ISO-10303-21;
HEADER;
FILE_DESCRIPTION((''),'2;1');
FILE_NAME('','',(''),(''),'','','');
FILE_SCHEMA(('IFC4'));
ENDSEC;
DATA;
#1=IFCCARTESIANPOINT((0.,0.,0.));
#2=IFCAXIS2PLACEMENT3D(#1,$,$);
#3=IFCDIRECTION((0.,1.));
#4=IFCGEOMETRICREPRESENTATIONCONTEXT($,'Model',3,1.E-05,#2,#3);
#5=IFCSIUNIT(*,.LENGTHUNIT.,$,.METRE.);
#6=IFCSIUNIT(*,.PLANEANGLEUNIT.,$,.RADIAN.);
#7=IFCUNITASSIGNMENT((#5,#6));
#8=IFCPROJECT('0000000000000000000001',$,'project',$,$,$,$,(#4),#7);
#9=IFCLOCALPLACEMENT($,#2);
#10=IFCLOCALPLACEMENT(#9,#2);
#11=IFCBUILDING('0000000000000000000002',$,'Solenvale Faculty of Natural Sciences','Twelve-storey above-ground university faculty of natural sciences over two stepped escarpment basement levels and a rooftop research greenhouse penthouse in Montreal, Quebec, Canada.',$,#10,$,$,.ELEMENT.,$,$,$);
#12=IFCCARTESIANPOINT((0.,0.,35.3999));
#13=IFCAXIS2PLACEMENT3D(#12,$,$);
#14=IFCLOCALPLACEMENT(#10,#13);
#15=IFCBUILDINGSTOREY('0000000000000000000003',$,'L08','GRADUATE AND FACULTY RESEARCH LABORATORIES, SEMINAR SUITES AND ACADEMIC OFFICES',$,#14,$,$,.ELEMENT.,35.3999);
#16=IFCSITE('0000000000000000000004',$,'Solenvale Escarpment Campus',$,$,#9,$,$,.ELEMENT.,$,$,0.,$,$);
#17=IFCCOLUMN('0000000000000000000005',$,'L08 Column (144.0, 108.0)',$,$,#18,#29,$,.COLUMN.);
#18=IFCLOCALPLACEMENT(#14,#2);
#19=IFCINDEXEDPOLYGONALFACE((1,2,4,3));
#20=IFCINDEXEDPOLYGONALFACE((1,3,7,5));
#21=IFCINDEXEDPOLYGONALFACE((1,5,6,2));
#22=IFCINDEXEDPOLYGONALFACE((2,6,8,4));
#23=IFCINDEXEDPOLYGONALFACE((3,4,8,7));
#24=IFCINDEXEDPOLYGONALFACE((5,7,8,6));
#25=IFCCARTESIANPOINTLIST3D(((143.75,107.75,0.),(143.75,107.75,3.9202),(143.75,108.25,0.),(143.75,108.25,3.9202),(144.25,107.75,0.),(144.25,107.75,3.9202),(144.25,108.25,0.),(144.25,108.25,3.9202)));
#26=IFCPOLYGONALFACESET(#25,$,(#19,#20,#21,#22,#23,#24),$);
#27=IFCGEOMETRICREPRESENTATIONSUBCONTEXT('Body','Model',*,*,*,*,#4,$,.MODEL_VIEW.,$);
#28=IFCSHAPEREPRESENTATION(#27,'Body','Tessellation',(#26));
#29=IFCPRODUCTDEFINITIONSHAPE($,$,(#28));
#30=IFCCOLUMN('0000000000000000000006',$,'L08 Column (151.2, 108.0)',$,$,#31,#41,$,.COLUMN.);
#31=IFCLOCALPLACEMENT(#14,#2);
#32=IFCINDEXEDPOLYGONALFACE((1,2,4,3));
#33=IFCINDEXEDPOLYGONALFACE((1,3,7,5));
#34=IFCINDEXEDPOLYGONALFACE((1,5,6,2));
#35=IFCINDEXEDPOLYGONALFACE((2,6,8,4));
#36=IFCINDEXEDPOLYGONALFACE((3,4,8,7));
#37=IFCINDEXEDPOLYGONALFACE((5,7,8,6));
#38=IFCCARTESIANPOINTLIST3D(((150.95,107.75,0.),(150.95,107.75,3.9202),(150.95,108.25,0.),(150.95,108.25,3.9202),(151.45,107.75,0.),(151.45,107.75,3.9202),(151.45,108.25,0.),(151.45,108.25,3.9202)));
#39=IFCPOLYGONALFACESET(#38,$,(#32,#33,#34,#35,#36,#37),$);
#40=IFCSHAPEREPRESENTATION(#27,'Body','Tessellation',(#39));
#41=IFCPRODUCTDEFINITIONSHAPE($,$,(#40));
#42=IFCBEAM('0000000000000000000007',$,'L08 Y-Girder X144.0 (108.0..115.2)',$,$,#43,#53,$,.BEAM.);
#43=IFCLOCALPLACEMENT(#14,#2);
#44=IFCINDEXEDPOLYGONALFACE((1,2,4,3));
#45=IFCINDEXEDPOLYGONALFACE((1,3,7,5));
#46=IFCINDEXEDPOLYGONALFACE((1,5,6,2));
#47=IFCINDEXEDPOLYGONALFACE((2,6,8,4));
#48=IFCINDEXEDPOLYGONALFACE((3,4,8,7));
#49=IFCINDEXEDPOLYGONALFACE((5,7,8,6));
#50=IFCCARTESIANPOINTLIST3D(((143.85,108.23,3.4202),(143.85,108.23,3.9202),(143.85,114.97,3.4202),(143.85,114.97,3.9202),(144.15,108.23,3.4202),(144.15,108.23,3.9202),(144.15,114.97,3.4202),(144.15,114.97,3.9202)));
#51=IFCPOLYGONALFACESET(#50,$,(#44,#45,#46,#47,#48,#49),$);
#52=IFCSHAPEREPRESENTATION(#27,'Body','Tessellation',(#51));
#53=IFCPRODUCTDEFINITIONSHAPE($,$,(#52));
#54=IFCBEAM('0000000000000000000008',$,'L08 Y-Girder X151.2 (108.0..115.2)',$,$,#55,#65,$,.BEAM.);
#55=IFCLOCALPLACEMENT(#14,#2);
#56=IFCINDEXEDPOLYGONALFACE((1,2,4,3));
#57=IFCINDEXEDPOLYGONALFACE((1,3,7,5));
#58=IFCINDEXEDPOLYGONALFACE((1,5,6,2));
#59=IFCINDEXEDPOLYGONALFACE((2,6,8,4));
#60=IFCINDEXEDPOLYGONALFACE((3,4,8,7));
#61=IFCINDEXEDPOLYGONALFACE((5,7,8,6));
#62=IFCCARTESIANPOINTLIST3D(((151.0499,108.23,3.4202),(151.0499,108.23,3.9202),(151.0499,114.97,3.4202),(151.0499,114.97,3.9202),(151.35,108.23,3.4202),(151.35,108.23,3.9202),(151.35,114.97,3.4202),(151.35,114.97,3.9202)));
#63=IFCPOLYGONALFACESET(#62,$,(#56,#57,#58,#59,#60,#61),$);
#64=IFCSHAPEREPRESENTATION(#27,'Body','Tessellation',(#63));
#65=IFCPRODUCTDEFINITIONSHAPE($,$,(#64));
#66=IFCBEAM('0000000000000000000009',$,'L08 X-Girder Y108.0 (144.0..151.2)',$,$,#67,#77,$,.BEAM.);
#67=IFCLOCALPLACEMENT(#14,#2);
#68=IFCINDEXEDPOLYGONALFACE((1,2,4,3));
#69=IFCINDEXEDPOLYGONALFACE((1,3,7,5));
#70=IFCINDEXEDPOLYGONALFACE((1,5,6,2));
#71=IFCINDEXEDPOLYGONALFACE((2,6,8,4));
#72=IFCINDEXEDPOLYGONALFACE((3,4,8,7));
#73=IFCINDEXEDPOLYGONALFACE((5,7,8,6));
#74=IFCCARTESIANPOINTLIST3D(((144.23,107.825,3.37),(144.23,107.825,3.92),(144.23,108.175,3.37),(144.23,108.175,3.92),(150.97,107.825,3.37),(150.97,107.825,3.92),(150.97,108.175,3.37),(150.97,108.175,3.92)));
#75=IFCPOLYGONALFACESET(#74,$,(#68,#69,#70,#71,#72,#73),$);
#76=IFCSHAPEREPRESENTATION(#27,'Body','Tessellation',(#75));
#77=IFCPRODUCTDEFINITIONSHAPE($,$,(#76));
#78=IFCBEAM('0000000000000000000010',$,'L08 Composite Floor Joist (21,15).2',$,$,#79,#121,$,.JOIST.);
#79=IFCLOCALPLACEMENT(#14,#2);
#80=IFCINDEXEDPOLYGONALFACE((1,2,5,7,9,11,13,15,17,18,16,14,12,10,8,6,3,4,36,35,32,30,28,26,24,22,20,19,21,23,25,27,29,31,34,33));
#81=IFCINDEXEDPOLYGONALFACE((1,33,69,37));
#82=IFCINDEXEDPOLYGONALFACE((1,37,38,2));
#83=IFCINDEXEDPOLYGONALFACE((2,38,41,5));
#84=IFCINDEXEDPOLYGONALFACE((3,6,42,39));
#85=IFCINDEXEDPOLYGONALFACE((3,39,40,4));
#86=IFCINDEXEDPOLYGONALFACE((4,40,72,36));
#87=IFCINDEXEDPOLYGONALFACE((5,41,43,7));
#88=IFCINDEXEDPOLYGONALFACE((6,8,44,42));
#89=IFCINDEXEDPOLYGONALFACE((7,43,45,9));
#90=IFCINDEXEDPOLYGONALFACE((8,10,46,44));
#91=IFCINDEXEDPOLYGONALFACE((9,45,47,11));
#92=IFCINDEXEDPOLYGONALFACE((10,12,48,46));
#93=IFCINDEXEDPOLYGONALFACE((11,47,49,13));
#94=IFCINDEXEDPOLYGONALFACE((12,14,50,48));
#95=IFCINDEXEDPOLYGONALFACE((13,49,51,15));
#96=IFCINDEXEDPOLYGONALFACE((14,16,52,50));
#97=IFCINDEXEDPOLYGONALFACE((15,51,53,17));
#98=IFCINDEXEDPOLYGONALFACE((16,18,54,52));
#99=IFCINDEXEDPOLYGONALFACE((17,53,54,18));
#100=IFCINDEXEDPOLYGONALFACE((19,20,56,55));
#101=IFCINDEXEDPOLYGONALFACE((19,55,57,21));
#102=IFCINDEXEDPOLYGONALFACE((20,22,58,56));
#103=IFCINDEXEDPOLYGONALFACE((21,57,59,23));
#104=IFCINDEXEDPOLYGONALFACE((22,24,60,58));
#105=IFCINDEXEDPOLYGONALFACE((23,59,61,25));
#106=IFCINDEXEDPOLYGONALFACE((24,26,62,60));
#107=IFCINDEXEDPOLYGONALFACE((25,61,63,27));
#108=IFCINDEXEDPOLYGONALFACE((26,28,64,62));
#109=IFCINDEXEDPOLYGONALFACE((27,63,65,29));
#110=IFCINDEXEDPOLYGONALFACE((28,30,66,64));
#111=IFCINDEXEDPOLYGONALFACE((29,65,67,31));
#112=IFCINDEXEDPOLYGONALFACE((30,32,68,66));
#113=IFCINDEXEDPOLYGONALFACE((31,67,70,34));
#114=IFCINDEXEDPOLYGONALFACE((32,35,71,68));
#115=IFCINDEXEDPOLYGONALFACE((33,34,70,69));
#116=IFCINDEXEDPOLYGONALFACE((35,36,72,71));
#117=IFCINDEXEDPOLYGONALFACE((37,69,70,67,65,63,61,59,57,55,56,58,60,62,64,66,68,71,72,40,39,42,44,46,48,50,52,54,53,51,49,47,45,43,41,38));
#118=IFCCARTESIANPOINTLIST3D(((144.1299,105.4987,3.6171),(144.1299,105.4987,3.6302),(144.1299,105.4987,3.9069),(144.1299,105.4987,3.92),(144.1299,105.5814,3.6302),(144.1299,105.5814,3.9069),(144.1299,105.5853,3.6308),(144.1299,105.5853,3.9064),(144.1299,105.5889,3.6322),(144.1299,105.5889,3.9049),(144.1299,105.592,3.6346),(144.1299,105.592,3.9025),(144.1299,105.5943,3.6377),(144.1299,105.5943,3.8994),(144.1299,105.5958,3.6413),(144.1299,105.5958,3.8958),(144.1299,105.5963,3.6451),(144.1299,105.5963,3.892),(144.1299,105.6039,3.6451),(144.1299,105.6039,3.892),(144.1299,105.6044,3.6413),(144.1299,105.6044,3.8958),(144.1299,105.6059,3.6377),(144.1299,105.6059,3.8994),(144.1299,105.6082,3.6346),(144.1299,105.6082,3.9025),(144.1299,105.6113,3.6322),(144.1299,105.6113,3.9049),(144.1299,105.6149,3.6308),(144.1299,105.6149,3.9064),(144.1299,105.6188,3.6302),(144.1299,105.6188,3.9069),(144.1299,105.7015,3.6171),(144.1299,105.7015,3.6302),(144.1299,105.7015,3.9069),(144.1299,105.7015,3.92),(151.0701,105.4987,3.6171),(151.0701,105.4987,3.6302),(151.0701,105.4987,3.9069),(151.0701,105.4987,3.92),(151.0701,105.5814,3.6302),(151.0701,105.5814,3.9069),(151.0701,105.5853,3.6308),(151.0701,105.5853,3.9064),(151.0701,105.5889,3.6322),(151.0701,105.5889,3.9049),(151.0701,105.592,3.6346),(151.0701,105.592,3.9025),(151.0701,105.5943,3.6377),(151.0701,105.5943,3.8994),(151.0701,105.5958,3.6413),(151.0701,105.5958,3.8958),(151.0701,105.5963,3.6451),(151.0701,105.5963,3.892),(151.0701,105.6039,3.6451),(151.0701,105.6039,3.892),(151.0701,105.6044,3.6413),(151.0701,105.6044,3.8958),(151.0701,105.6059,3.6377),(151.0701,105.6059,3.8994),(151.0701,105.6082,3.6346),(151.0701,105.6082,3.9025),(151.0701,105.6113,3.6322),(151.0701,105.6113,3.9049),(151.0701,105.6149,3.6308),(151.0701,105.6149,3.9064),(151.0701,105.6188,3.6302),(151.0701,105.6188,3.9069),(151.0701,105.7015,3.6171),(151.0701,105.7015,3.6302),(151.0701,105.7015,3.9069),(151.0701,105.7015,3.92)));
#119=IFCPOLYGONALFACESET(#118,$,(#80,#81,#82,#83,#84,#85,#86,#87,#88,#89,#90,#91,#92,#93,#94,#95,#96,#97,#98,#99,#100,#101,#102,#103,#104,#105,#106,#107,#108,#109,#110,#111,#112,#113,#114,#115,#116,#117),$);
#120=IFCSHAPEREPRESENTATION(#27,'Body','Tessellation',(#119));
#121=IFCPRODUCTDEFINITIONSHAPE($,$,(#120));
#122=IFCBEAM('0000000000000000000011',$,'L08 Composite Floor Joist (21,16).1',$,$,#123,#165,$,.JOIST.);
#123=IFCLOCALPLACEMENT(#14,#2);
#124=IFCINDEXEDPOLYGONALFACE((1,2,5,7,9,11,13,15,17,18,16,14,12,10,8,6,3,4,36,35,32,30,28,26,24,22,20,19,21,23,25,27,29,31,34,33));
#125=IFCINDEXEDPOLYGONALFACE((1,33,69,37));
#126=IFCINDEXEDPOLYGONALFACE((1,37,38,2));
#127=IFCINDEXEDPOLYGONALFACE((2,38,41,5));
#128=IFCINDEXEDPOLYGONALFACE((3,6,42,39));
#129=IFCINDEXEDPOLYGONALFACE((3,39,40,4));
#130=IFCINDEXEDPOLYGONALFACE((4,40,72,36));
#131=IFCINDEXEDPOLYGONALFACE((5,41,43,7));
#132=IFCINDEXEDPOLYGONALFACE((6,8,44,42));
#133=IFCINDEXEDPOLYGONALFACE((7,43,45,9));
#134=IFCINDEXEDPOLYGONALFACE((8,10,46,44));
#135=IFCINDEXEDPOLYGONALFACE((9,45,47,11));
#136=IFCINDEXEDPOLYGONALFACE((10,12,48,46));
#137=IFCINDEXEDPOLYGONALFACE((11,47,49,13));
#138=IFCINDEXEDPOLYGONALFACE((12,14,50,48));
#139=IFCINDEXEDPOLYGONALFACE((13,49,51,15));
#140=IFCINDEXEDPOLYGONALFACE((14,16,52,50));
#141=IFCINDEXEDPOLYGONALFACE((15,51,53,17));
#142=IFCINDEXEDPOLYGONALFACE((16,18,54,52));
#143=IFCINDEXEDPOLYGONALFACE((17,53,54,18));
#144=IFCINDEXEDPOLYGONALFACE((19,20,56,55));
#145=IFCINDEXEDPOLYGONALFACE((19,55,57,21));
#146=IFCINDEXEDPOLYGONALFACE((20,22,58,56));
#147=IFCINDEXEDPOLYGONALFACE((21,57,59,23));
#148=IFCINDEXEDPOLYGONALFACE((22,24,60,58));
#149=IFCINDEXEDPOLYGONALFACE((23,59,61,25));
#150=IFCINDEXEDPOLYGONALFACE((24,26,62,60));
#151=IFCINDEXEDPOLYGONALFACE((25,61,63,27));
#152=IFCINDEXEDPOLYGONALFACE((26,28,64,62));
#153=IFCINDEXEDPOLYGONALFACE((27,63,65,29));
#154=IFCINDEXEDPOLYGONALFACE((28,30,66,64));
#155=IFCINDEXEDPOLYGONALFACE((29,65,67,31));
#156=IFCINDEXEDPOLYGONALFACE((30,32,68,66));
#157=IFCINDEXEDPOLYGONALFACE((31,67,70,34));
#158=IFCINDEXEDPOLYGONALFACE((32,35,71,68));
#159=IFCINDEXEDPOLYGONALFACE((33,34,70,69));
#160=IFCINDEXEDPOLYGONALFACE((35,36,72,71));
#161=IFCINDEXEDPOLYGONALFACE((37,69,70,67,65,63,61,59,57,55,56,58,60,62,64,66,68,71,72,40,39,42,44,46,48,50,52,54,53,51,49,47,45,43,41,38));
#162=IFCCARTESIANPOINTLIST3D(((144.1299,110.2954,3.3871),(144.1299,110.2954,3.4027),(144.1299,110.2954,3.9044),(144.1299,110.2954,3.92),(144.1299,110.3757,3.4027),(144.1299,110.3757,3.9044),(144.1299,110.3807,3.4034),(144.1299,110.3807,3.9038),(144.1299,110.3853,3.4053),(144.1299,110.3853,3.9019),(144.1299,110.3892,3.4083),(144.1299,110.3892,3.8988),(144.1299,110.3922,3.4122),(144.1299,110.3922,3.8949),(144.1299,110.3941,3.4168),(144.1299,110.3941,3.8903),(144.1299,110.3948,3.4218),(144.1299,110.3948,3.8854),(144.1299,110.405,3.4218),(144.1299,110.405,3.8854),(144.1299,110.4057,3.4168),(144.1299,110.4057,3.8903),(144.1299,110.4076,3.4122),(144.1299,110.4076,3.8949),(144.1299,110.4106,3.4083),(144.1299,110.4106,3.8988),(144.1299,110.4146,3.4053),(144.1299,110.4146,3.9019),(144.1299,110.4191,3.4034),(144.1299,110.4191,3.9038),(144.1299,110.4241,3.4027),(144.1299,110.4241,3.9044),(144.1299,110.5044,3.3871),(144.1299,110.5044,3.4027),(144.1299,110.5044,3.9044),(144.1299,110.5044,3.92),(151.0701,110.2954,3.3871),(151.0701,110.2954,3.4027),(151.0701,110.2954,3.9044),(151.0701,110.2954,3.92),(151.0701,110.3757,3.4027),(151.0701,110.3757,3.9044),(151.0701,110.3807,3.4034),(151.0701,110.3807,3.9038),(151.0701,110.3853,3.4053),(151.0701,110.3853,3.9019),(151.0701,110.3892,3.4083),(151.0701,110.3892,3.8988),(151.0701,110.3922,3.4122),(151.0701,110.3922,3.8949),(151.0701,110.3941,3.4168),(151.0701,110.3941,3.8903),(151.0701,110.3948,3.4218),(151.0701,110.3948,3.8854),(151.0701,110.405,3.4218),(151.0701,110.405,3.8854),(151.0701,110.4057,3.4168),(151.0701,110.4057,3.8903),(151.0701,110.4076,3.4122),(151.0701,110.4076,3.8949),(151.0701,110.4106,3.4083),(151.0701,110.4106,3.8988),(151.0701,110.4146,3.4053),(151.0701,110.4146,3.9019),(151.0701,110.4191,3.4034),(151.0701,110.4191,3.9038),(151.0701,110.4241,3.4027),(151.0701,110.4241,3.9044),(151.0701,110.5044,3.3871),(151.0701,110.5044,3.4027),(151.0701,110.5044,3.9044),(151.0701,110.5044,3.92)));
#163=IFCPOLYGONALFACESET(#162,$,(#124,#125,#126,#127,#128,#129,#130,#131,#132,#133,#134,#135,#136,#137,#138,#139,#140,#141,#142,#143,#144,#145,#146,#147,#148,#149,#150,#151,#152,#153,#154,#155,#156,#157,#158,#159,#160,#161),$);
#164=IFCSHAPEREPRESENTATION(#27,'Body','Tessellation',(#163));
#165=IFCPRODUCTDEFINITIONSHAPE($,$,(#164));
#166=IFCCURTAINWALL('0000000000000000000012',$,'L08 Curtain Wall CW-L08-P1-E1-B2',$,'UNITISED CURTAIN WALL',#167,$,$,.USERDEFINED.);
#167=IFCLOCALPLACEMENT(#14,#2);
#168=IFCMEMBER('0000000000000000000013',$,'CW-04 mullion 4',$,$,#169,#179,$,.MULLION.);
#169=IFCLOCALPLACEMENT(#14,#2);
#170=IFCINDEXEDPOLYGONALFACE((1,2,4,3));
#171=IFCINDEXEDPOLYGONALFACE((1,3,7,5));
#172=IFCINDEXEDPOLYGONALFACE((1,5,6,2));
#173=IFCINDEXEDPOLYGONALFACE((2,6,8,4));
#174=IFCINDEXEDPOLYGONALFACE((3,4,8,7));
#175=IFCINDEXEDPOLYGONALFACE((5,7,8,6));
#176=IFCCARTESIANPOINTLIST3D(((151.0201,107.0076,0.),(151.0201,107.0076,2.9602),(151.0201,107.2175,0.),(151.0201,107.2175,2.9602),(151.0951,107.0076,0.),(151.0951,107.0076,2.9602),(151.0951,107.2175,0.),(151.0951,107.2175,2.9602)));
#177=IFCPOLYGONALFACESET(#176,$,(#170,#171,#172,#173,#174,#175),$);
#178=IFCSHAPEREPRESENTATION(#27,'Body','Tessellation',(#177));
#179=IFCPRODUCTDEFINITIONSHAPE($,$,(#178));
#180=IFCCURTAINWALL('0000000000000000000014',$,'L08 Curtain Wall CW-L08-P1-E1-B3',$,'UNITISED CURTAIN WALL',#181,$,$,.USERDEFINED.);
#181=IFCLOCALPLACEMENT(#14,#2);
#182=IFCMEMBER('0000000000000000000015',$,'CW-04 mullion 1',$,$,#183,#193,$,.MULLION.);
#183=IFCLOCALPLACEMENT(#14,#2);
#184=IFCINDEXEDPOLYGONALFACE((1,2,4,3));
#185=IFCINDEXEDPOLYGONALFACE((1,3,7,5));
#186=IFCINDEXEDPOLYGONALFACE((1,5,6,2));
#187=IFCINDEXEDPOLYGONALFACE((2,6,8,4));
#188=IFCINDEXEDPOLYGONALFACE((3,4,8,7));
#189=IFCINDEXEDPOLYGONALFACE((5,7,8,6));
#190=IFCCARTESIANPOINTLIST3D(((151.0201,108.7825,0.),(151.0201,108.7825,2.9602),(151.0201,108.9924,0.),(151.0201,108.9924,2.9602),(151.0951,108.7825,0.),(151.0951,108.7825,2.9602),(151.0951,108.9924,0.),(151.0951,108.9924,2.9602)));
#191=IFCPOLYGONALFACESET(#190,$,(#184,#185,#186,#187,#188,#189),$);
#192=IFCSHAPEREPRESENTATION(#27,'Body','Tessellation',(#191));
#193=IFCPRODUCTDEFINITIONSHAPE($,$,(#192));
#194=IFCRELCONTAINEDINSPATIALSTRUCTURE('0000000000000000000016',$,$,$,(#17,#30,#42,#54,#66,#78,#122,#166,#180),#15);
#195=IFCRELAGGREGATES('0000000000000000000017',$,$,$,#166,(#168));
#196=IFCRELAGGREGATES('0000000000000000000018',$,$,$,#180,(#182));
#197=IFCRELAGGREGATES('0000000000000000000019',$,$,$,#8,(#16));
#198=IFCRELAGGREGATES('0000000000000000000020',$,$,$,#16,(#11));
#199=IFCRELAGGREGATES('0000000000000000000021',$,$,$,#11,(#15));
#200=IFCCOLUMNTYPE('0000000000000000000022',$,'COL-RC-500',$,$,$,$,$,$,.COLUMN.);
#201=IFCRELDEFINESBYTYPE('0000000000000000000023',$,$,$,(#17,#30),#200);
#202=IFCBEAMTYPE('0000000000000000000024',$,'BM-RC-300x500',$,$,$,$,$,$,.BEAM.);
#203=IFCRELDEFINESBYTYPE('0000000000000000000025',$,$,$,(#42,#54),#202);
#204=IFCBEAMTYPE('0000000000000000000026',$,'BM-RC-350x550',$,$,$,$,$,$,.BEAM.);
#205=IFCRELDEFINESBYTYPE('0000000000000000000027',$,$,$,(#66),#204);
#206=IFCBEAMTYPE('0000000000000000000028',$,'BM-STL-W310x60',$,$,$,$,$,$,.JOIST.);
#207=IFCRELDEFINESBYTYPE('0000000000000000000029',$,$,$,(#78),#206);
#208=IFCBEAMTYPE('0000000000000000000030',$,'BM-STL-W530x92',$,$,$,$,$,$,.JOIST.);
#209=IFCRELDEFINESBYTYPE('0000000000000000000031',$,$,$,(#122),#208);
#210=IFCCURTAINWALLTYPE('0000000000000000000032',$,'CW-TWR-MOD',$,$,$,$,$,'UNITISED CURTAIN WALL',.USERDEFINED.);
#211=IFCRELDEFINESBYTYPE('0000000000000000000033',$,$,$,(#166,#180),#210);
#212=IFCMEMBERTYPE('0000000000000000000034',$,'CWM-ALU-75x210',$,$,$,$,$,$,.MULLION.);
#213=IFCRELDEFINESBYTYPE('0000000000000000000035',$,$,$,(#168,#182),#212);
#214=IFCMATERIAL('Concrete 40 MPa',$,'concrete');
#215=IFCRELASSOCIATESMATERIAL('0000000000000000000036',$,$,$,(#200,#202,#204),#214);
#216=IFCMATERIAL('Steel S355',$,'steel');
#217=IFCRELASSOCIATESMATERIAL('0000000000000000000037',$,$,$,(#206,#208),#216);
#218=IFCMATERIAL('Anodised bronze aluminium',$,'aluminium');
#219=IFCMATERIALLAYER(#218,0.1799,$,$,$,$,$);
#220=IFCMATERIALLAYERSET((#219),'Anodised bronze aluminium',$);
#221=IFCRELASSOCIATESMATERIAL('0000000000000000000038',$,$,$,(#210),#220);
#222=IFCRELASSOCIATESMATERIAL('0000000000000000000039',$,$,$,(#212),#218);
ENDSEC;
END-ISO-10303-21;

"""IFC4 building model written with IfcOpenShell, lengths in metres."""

from ifc_helpers import new_model, si_unit, direction, frame, origin, origin_2d, place, context, subcontext, project, spatial, rectangle, i_section, extrude, material, layer, layer_set, material_profile, profile_set, type_object, element, aggregate, save


model = new_model("IFC4")

# Units and contexts
model_context = context("Model", 3, precision=1e-05, world=origin(), true_north=direction((0.0, 1.0)))
body_context = subcontext(model_context, "Body", "Model", "MODEL_VIEW")
ifc_project = project(units=[si_unit("LENGTHUNIT", "METRE"), si_unit("PLANEANGLEUNIT", "RADIAN")], contexts=[model_context])

# Site, building, storey
site_placement = place(None, origin())
site = spatial("IfcSite", under=ifc_project, at=site_placement, Name="Solenvale Escarpment Campus", CompositionType="ELEMENT", RefElevation=0.0)
building_placement = place(site_placement, origin())
building = spatial("IfcBuilding", under=site, at=building_placement, Name="Solenvale Faculty of Natural Sciences", Description="Twelve-storey above-ground university faculty of natural sciences over two stepped escarpment basement levels and a rooftop research greenhouse penthouse in Montreal, Quebec, Canada.", CompositionType="ELEMENT")
storey_placement = place(building_placement, frame((0.0, 0.0, 35.3999)))
storey = spatial("IfcBuildingStorey", under=building, at=storey_placement, Name="L08", Description="GRADUATE AND FACULTY RESEARCH LABORATORIES, SEMINAR SUITES AND ACADEMIC OFFICES", CompositionType="ELEMENT", Elevation=35.3999)

# Columns
ifc_material_1 = material(Name="Concrete 40 MPa", Category="concrete")
ifc_material_profile_1 = material_profile(ifc_material_1, rectangle(XDim=0.5, YDim=0.5, at=origin_2d()), Name="RC-COL-500x500")
ifc_profile_set_1 = profile_set([ifc_material_profile_1], Name="Concrete 40 MPa")
column_type = type_object("IfcColumnType", Name="COL-RC-500", PredefinedType="COLUMN", material=ifc_profile_set_1)
for number, where, z_axis, x_axis, name in (
    (1, (144.0, 108.0, 0.0), (0.0, 0.0, 1.0), (1.0, 0.0, 0.0), "L08 Column (144.0, 108.0)"),
    (2, (151.2, 108.0, 0.0), (0.0, 0.0, 1.0), (1.0, 0.0, 0.0), "L08 Column (151.2, 108.0)"),
):
    element("IfcColumn", number, at=place(storey_placement, frame(where, z_axis=z_axis, x_axis=x_axis)), inside=storey, type_object=column_type, Name=name, PredefinedType="COLUMN", context=body_context, shape_type="SweptSolid", body=[
        extrude(rectangle(XDim=0.5, YDim=0.5, at=origin_2d()), origin(), (0.0, 0.0, 1.0), 3.9202),
    ])

# Beams
ifc_material_profile_2 = material_profile(ifc_material_1, rectangle(XDim=0.3, YDim=0.5, at=origin_2d()), Name="RC-BM-300x500")
ifc_profile_set_2 = profile_set([ifc_material_profile_2], Name="Concrete 40 MPa")
beam_type_1 = type_object("IfcBeamType", Name="BM-RC-300x500", PredefinedType="BEAM", material=ifc_profile_set_2)
for number, where, z_axis, x_axis, name in (
    (3, (144.0, 108.23, 3.6702), (0.0, 1.0, 0.0), (-1.0, 0.0, 0.0), "L08 Y-Girder X144.0 (108.0..115.2)"),
    (4, (151.2, 108.23, 3.6702), (0.0, 1.0, 0.0), (-1.0, 0.0, 0.0), "L08 Y-Girder X151.2 (108.0..115.2)"),
):
    element("IfcBeam", number, at=place(storey_placement, frame(where, z_axis=z_axis, x_axis=x_axis)), inside=storey, type_object=beam_type_1, Name=name, PredefinedType="BEAM", context=body_context, shape_type="SweptSolid", body=[
        extrude(rectangle(XDim=0.3, YDim=0.5, at=origin_2d()), origin(), (0.0, 0.0, 1.0), 6.74),
    ])
ifc_material_profile_3 = material_profile(ifc_material_1, rectangle(XDim=0.3501, YDim=0.55, at=origin_2d()), Name="RC-BM-350x550")
ifc_profile_set_3 = profile_set([ifc_material_profile_3], Name="Concrete 40 MPa")
beam_type_2 = type_object("IfcBeamType", Name="BM-RC-350x550", PredefinedType="BEAM", material=ifc_profile_set_3)
beam_1_placement = place(storey_placement, frame((144.23, 108.0, 3.645), z_axis=(1.0, 0.0, 0.0), x_axis=(0.0, 1.0, 0.0)))
element("IfcBeam", 5, at=beam_1_placement, inside=storey, type_object=beam_type_2, Name="L08 X-Girder Y108.0 (144.0..151.2)", PredefinedType="BEAM", context=body_context, shape_type="SweptSolid", body=[
    extrude(rectangle(XDim=0.3501, YDim=0.55, at=origin_2d()), origin(), (0.0, 0.0, 1.0), 6.74),
])
ifc_material_2 = material(Name="Steel S355", Category="steel")
ifc_material_profile_4 = material_profile(ifc_material_2, i_section(OverallWidth=0.2029, OverallDepth=0.303, WebThickness=0.0076, FlangeThickness=0.0132, FilletRadius=0.0149, at=origin_2d()), Name="W310x60")
ifc_profile_set_4 = profile_set([ifc_material_profile_4], Name="Steel S355")
beam_type_3 = type_object("IfcBeamType", Name="BM-STL-W310x60", PredefinedType="JOIST", material=ifc_profile_set_4)
beam_2_placement = place(storey_placement, frame((144.1299, 105.6001, 3.7686), z_axis=(1.0, 0.0, 0.0), x_axis=(0.0, 1.0, 0.0)))
element("IfcBeam", 6, at=beam_2_placement, inside=storey, type_object=beam_type_3, Name="L08 Composite Floor Joist (21,15).2", PredefinedType="JOIST", context=body_context, shape_type="SweptSolid", body=[
    extrude(i_section(OverallWidth=0.2029, OverallDepth=0.303, WebThickness=0.0076, FlangeThickness=0.0132, FilletRadius=0.0149, at=origin_2d()), origin(), (0.0, 0.0, 1.0), 6.9402),
])
ifc_material_profile_5 = material_profile(ifc_material_2, i_section(OverallWidth=0.209, OverallDepth=0.533, WebThickness=0.0103, FlangeThickness=0.0156, FilletRadius=0.019, at=origin_2d()), Name="W530x92")
ifc_profile_set_5 = profile_set([ifc_material_profile_5], Name="Steel S355")
beam_type_4 = type_object("IfcBeamType", Name="BM-STL-W530x92", PredefinedType="JOIST", material=ifc_profile_set_5)
beam_3_placement = place(storey_placement, frame((144.1299, 110.3999, 3.6536), z_axis=(1.0, 0.0, 0.0), x_axis=(0.0, 1.0, 0.0)))
element("IfcBeam", 7, at=beam_3_placement, inside=storey, type_object=beam_type_4, Name="L08 Composite Floor Joist (21,16).1", PredefinedType="JOIST", context=body_context, shape_type="SweptSolid", body=[
    extrude(i_section(OverallWidth=0.209, OverallDepth=0.533, WebThickness=0.0103, FlangeThickness=0.0156, FilletRadius=0.019, at=origin_2d()), origin(), (0.0, 0.0, 1.0), 6.9402),
])

# Curtain wall, member
ifc_material_3 = material(Name="Anodised bronze aluminium", Category="aluminium")
ifc_layer_1 = layer(ifc_material_3, 0.1799)
ifc_layer_set_1 = layer_set([ifc_layer_1], Name="Anodised bronze aluminium")
curtain_wall_type = type_object("IfcCurtainWallType", Name="CW-TWR-MOD", ElementType="UNITISED CURTAIN WALL", PredefinedType="USERDEFINED", material=ifc_layer_set_1)
curtain_wall_1_placement = place(storey_placement, origin())
curtain_wall_1 = element("IfcCurtainWall", 8, at=curtain_wall_1_placement, inside=storey, type_object=curtain_wall_type, Name="L08 Curtain Wall CW-L08-P1-E1-B2", ObjectType="UNITISED CURTAIN WALL", PredefinedType="USERDEFINED")
ifc_material_profile_6 = material_profile(ifc_material_3, rectangle(XDim=0.075, YDim=0.21, at=origin_2d()), Name="ALU-MUL-75x210")
ifc_profile_set_6 = profile_set([ifc_material_profile_6], Name="Anodised bronze aluminium")
member_type_1 = type_object("IfcMemberType", Name="CWM-ALU-75x210", PredefinedType="MULLION", material=ifc_profile_set_6)
member_1_placement = place(storey_placement, frame((151.0576, 107.1125, 0.0), z_axis=(0.0, 0.0, 1.0), x_axis=(-1.0, 0.0, 0.0)))
member_1 = element("IfcMember", 9, at=member_1_placement, type_object=member_type_1, Name="CW-04 mullion 4", PredefinedType="MULLION", context=body_context, shape_type="SweptSolid", body=[
    extrude(rectangle(XDim=0.075, YDim=0.21, at=origin_2d()), origin(), (0.0, 0.0, 1.0), 2.9602),
])

# Curtain wall, member
curtain_wall_2_placement = place(storey_placement, origin())
curtain_wall_2 = element("IfcCurtainWall", 10, at=curtain_wall_2_placement, inside=storey, type_object=curtain_wall_type, Name="L08 Curtain Wall CW-L08-P1-E1-B3", ObjectType="UNITISED CURTAIN WALL", PredefinedType="USERDEFINED")
member_2_placement = place(storey_placement, frame((151.0576, 108.8875, 0.0), z_axis=(0.0, 0.0, 1.0), x_axis=(-1.0, 0.0, 0.0)))
member_2 = element("IfcMember", 11, at=member_2_placement, type_object=member_type_1, Name="CW-04 mullion 1", PredefinedType="MULLION", context=body_context, shape_type="SweptSolid", body=[
    extrude(rectangle(XDim=0.075, YDim=0.21, at=origin_2d()), origin(), (0.0, 0.0, 1.0), 2.9602),
])

aggregate(curtain_wall_1, [member_1])
aggregate(curtain_wall_2, [member_2])

save(model, "model.ifc")
